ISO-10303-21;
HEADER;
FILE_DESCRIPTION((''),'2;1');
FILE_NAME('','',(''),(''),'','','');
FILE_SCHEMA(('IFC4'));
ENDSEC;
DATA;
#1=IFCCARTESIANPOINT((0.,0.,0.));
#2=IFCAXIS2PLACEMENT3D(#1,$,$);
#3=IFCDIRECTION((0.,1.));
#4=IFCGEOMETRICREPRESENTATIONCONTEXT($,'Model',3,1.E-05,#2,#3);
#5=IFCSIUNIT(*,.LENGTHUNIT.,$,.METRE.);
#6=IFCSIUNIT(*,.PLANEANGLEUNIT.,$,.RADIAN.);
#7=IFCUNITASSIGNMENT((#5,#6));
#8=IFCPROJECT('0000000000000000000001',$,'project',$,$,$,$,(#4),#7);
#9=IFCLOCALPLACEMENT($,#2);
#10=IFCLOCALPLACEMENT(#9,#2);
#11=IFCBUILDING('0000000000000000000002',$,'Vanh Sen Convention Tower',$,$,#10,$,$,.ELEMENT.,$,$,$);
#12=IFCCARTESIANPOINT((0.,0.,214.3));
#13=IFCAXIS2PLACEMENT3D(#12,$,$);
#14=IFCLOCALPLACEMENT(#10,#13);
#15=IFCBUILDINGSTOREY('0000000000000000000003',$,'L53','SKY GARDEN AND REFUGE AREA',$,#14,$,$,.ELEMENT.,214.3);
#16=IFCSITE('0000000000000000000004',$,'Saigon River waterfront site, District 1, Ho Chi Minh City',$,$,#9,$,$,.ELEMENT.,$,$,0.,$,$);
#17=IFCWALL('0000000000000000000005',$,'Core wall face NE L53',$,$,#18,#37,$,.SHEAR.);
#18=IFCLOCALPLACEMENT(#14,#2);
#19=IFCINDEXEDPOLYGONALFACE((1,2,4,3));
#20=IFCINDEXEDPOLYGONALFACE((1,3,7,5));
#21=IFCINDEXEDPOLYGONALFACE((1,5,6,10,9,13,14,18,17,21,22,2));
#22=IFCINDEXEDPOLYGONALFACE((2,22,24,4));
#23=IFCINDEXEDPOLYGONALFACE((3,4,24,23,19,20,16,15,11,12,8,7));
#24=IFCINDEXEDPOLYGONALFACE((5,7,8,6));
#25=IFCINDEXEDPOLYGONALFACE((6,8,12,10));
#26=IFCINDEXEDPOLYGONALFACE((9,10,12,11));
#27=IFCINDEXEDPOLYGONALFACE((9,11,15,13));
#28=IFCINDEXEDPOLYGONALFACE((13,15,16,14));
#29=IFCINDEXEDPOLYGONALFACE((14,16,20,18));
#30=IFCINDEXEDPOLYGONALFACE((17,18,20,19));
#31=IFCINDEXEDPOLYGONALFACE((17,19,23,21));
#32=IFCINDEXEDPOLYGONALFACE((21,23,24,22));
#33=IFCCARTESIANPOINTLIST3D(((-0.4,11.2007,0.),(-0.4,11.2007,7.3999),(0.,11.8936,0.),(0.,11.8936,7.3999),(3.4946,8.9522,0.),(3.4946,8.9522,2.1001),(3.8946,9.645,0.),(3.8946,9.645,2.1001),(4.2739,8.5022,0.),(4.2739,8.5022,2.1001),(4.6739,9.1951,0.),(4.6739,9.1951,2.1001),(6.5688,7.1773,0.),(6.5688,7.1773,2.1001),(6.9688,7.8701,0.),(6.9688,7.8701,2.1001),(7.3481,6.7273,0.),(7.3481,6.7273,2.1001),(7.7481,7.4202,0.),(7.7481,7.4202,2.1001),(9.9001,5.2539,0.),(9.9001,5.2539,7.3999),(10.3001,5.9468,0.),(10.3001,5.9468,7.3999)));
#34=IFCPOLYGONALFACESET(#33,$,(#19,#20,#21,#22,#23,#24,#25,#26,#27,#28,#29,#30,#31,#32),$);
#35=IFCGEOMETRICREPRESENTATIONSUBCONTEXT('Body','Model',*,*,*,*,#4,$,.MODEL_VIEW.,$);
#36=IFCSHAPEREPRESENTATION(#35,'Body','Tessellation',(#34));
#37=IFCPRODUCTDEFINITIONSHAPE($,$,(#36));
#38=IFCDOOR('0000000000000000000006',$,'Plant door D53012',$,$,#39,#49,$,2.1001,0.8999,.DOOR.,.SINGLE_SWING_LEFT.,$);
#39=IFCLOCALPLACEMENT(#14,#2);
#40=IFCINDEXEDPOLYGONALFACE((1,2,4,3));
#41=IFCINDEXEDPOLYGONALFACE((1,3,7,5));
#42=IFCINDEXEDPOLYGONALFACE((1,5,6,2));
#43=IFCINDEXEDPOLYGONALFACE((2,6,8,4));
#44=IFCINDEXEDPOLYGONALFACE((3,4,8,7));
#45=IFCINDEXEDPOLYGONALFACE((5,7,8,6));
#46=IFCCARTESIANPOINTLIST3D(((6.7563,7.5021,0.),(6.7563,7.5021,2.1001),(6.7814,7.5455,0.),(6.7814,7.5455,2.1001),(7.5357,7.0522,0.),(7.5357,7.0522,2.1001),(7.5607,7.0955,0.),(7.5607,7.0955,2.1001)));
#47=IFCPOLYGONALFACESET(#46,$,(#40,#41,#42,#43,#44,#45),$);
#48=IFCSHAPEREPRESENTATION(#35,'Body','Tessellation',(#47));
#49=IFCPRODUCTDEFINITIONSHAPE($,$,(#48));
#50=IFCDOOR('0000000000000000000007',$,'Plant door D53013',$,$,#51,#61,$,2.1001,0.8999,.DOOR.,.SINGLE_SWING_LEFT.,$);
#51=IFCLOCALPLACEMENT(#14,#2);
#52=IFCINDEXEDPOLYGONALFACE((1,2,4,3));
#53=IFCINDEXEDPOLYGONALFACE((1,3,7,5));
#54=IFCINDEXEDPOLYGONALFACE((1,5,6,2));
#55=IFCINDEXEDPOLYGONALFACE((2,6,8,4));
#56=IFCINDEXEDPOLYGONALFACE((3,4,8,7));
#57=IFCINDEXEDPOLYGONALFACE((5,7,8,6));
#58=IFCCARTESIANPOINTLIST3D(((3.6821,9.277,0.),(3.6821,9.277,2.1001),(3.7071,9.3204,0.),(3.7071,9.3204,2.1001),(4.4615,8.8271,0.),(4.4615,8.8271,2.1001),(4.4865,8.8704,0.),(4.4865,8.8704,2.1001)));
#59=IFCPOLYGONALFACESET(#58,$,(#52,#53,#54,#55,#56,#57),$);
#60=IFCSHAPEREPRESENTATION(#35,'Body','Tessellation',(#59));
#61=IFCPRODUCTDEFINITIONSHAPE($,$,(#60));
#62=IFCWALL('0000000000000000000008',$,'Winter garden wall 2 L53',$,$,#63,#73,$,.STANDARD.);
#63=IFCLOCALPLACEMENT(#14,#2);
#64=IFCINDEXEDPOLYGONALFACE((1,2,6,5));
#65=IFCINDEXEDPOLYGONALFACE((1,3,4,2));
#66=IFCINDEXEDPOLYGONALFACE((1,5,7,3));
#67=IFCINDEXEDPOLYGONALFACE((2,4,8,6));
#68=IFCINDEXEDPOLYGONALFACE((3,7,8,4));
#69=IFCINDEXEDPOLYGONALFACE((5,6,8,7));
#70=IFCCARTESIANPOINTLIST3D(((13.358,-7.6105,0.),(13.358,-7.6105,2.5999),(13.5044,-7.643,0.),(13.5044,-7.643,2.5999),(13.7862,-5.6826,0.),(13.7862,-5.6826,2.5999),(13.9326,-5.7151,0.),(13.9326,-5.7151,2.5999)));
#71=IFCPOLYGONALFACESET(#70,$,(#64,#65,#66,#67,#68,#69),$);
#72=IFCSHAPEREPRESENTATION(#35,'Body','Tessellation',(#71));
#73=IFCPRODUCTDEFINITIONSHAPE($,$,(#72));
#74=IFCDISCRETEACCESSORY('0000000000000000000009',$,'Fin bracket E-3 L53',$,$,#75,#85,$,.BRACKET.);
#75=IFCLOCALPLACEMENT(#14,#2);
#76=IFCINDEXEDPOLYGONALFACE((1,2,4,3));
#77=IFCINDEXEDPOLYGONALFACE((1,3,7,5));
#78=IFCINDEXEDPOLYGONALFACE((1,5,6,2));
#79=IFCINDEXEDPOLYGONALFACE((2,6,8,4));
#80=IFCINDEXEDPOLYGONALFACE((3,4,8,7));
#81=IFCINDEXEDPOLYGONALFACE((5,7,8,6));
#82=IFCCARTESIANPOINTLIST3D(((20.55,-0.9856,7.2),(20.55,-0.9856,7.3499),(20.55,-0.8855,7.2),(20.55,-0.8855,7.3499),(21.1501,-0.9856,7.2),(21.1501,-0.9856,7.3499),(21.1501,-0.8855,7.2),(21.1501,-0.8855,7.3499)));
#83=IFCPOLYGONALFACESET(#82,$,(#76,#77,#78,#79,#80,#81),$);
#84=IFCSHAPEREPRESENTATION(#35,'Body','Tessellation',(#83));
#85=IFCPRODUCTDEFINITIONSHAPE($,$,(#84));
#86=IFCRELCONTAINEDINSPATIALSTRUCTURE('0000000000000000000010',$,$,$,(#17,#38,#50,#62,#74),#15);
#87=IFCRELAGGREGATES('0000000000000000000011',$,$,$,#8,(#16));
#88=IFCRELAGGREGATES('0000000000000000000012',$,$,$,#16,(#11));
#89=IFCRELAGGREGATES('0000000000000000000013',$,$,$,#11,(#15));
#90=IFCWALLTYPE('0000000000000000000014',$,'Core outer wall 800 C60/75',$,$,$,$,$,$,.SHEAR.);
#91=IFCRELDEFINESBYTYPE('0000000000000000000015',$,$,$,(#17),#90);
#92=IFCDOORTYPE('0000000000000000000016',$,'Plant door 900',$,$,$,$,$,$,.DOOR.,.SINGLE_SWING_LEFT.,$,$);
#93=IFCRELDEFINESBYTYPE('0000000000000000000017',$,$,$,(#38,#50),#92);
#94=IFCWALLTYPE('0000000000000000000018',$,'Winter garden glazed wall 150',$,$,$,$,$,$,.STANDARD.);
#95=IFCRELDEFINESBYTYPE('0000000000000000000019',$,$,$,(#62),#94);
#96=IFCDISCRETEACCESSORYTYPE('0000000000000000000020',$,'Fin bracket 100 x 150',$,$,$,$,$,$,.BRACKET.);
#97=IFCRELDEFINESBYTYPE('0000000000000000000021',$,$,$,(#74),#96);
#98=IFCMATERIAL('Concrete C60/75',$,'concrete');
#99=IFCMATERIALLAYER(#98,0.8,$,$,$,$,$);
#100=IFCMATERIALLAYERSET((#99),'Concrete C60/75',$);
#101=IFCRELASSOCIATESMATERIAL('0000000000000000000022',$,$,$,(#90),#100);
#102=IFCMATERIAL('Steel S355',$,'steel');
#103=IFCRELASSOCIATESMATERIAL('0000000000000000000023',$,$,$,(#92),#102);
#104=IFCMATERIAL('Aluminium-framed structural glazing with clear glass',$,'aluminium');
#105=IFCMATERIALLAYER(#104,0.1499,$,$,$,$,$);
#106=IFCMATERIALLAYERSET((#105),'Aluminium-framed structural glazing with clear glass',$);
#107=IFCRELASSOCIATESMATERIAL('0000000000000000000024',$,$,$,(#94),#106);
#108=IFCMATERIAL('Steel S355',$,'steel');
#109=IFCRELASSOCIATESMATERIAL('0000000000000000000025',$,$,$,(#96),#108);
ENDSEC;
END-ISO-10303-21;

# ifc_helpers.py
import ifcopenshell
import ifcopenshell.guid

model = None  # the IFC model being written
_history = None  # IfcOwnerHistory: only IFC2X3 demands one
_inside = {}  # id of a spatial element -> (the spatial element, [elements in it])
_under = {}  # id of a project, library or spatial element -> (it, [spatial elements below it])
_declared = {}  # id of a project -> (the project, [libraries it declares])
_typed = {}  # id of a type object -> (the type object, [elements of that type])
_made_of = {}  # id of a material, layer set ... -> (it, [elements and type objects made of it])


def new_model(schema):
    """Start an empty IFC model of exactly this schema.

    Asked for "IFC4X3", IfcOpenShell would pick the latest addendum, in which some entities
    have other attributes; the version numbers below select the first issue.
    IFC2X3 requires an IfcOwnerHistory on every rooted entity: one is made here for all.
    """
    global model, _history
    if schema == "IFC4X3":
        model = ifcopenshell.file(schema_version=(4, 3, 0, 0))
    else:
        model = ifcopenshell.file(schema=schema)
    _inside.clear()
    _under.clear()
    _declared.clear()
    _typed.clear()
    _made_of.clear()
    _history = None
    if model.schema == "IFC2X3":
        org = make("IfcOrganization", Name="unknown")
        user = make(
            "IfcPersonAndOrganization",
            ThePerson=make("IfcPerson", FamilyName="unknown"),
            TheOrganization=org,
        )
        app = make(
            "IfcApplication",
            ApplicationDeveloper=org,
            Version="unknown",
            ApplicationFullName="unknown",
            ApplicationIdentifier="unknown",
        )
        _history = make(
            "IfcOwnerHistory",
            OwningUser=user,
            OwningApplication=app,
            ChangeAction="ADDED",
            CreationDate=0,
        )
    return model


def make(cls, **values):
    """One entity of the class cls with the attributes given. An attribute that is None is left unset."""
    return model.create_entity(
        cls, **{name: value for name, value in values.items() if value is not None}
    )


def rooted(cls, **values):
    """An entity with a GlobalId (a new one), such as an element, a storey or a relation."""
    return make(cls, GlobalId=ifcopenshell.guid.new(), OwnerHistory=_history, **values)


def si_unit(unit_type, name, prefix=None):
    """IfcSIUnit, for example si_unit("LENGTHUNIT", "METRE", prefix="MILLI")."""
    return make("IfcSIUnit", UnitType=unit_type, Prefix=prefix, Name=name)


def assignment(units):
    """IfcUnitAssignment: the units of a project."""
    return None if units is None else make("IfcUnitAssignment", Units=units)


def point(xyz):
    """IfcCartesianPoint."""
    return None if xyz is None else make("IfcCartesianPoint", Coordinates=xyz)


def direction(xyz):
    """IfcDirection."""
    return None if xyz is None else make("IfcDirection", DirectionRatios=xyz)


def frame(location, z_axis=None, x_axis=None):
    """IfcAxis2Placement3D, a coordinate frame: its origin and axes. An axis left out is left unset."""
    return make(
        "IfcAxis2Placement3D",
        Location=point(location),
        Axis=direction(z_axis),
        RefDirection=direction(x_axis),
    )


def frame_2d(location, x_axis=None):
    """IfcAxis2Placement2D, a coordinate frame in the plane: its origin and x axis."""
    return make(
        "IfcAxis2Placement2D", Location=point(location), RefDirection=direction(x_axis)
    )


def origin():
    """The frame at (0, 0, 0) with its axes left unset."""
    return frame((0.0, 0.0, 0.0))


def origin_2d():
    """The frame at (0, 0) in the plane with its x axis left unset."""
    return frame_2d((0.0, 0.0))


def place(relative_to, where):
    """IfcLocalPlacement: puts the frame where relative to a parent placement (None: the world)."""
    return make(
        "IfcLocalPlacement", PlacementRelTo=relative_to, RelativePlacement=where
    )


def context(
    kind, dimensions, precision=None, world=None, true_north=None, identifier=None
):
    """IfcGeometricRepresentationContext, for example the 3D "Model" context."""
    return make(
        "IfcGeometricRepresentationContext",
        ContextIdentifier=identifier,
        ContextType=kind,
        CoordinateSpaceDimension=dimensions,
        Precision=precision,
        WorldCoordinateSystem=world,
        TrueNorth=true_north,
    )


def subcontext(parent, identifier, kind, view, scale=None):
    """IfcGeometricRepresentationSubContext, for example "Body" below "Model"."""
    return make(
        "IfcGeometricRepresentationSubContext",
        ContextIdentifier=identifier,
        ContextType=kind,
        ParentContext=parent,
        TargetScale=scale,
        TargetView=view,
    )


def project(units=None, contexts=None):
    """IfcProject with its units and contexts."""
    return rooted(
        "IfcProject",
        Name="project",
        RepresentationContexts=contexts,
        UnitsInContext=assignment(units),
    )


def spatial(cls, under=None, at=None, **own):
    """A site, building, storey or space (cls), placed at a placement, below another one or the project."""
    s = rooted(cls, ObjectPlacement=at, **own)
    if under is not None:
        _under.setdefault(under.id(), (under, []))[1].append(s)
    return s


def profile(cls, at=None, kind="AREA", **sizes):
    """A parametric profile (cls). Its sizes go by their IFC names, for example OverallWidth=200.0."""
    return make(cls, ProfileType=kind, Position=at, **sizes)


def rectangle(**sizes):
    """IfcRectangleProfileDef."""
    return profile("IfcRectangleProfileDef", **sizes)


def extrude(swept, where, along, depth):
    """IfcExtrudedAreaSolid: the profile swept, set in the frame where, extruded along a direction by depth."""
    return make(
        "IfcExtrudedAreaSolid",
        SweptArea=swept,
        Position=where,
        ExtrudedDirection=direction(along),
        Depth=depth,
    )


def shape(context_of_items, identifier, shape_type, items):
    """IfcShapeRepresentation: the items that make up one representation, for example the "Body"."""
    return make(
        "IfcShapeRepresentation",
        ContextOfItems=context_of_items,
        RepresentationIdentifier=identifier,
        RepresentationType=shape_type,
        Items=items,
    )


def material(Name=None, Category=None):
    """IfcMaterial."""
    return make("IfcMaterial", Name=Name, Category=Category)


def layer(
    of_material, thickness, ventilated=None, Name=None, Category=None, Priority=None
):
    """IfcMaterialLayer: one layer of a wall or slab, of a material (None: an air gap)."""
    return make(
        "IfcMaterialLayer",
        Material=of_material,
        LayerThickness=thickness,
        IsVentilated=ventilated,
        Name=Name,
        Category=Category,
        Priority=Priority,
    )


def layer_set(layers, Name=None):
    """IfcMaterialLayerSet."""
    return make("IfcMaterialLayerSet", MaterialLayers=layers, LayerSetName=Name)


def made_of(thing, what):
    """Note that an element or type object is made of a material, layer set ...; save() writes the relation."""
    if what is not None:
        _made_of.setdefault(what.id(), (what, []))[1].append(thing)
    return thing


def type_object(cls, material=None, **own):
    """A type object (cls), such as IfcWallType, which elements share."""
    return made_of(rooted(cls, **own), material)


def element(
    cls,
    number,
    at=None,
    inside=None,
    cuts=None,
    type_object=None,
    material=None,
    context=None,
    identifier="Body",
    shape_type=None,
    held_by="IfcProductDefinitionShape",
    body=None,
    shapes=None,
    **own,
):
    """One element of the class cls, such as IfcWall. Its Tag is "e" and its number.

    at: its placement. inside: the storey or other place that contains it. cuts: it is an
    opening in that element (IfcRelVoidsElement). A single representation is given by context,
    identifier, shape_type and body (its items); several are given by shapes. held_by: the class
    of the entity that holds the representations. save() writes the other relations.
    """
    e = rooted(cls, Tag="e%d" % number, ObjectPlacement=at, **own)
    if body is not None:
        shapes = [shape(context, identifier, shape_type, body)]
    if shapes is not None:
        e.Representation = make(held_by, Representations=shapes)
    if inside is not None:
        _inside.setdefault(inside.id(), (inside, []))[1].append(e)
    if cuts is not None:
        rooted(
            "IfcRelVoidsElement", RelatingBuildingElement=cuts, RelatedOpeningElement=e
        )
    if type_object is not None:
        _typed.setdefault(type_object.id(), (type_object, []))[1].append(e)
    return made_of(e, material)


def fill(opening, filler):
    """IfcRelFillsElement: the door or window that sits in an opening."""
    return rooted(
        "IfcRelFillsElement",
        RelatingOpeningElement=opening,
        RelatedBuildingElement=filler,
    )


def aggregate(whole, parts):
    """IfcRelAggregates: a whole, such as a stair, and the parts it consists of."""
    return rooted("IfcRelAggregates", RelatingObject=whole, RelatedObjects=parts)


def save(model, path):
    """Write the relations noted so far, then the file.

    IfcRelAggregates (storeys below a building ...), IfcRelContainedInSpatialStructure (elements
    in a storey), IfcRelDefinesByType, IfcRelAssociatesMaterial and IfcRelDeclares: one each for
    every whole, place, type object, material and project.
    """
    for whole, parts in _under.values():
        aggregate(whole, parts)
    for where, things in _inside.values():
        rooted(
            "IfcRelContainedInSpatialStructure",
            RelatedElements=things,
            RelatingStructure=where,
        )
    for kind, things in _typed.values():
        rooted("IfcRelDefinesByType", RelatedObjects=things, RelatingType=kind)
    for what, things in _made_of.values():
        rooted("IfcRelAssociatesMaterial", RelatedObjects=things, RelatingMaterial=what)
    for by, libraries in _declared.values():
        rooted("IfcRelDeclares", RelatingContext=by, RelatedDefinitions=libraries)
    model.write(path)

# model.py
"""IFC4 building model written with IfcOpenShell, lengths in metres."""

from ifc_helpers import new_model, si_unit, direction, frame, frame_2d, origin, origin_2d, place, context, subcontext, project, spatial, rectangle, extrude, material, layer, layer_set, type_object, element, fill, save


model = new_model("IFC4")

# Units and contexts
model_context = context("Model", 3, precision=1e-05, world=origin(), true_north=direction((0.0, 1.0)))
body_context = subcontext(model_context, "Body", "Model", "MODEL_VIEW")
ifc_project = project(units=[si_unit("LENGTHUNIT", "METRE"), si_unit("PLANEANGLEUNIT", "RADIAN")], contexts=[model_context])

# Site, building, storey
site_placement = place(None, origin())
site = spatial("IfcSite", under=ifc_project, at=site_placement, Name="Saigon River waterfront site, District 1, Ho Chi Minh City", CompositionType="ELEMENT", RefElevation=0.0)
building_placement = place(site_placement, origin())
building = spatial("IfcBuilding", under=site, at=building_placement, Name="Vanh Sen Convention Tower", CompositionType="ELEMENT")
storey_placement = place(building_placement, frame((0.0, 0.0, 214.3)))
storey = spatial("IfcBuildingStorey", under=building, at=storey_placement, Name="L53", Description="SKY GARDEN AND REFUGE AREA", CompositionType="ELEMENT", Elevation=214.3)

# Shared definitions
ifc_material_1 = material(Name="Concrete C60/75", Category="concrete")

# Wall, openings, doors
ifc_layer_1 = layer(ifc_material_1, 0.8)
ifc_layer_set_1 = layer_set([ifc_layer_1], Name="Concrete C60/75")
wall_type_1 = type_object("IfcWallType", Name="Core outer wall 800 C60/75", PredefinedType="SHEAR", material=ifc_layer_set_1)
wall_1_placement = place(storey_placement, frame((10.1001, 5.6003, 0.0), z_axis=(0.0, 0.0, 1.0), x_axis=(-0.866024, 0.500003, 0.0)))
wall_1 = element("IfcWall", 1, at=wall_1_placement, inside=storey, type_object=wall_type_1, Name="Core wall face NE L53", PredefinedType="SHEAR", context=body_context, shape_type="SweptSolid", body=[
    extrude(rectangle(XDim=11.8936, YDim=0.8, at=frame_2d((5.9468, 0.0))), origin(), (0.0, 0.0, 1.0), 7.3999),
])
opening_1_placement = place(wall_1_placement, frame((2.9468, 0.0, 0.0)))
opening_1 = element("IfcOpeningElement", 2, at=opening_1_placement, cuts=wall_1, PredefinedType="OPENING", context=body_context, shape_type="SweptSolid", body=[
    extrude(rectangle(XDim=0.8999, YDim=2.1001, at=frame_2d((0.45, 1.05))), frame((0.0, 0.4099, 0.0), z_axis=(0.0, -1.0, 0.0), x_axis=(1.0, 0.0, 0.0)), (0.0, 0.0, 1.0), 0.8201),
])
opening_2_placement = place(wall_1_placement, frame((6.4966, 0.0, 0.0)))
opening_2 = element("IfcOpeningElement", 3, at=opening_2_placement, cuts=wall_1, PredefinedType="OPENING", context=body_context, shape_type="SweptSolid", body=[
    extrude(rectangle(XDim=0.8999, YDim=2.1001, at=frame_2d((0.45, 1.05))), frame((0.0, 0.4099, 0.0), z_axis=(0.0, -1.0, 0.0), x_axis=(1.0, 0.0, 0.0)), (0.0, 0.0, 1.0), 0.8201),
])
ifc_material_2 = material(Name="Steel S355", Category="steel")
door_type = type_object("IfcDoorType", Name="Plant door 900", OperationType="SINGLE_SWING_LEFT", PredefinedType="DOOR", material=ifc_material_2)
door_1_placement = place(opening_1_placement, origin())
door_1 = element("IfcDoor", 4, at=door_1_placement, inside=storey, type_object=door_type, Name="Plant door D53012", OperationType="SINGLE_SWING_LEFT", OverallHeight=2.1001, OverallWidth=0.8999, PredefinedType="DOOR", context=body_context, shape_type="SweptSolid", body=[
    extrude(rectangle(XDim=0.8999, YDim=2.1001, at=frame_2d((0.45, 1.05))), frame((0.0, 0.0249, 0.0), z_axis=(0.0, -1.0, 0.0), x_axis=(1.0, 0.0, 0.0)), (0.0, 0.0, 1.0), 0.05),
])
fill(opening_1, door_1)
door_2_placement = place(opening_2_placement, origin())
door_2 = element("IfcDoor", 5, at=door_2_placement, inside=storey, type_object=door_type, Name="Plant door D53013", OperationType="SINGLE_SWING_LEFT", OverallHeight=2.1001, OverallWidth=0.8999, PredefinedType="DOOR", context=body_context, shape_type="SweptSolid", body=[
    extrude(rectangle(XDim=0.8999, YDim=2.1001, at=frame_2d((0.45, 1.05))), frame((0.0, 0.0249, 0.0), z_axis=(0.0, -1.0, 0.0), x_axis=(1.0, 0.0, 0.0)), (0.0, 0.0, 1.0), 0.05),
])
fill(opening_2, door_2)

# Wall
ifc_material_3 = material(Name="Aluminium-framed structural glazing with clear glass", Category="aluminium")
ifc_layer_2 = layer(ifc_material_3, 0.1499)
ifc_layer_set_2 = layer_set([ifc_layer_2], Name="Aluminium-framed structural glazing with clear glass")
wall_type_2 = type_object("IfcWallType", Name="Winter garden glazed wall 150", PredefinedType="STANDARD", material=ifc_layer_set_2)
wall_2_placement = place(storey_placement, frame((13.8594, -5.699, 0.0), z_axis=(0.0, 0.0, 1.0), x_axis=(-0.216826, -0.97621, 0.0)))
element("IfcWall", 6, at=wall_2_placement, inside=storey, type_object=wall_type_2, Name="Winter garden wall 2 L53", PredefinedType="STANDARD", context=body_context, shape_type="SweptSolid", body=[
    extrude(rectangle(XDim=1.9749, YDim=0.1499, at=frame_2d((0.9873, 0.0))), origin(), (0.0, 0.0, 1.0), 2.5999),
])

# Discrete accessory
ifc_material_4 = material(Name="Steel S355", Category="steel")
discrete_accessory_type = type_object("IfcDiscreteAccessoryType", Name="Fin bracket 100 x 150", PredefinedType="BRACKET", material=ifc_material_4)
discrete_accessory_placement = place(storey_placement, frame((20.8501, -0.9355, 7.2), z_axis=(0.0, 0.0, 1.0), x_axis=(1.0, 0.0, 0.0)))
element("IfcDiscreteAccessory", 7, at=discrete_accessory_placement, inside=storey, type_object=discrete_accessory_type, Name="Fin bracket E-3 L53", PredefinedType="BRACKET", context=body_context, shape_type="SweptSolid", body=[
    extrude(rectangle(XDim=0.6001, YDim=0.1001, at=origin_2d()), origin(), (0.0, 0.0, 1.0), 0.1499),
])

save(model, "model.ifc")
